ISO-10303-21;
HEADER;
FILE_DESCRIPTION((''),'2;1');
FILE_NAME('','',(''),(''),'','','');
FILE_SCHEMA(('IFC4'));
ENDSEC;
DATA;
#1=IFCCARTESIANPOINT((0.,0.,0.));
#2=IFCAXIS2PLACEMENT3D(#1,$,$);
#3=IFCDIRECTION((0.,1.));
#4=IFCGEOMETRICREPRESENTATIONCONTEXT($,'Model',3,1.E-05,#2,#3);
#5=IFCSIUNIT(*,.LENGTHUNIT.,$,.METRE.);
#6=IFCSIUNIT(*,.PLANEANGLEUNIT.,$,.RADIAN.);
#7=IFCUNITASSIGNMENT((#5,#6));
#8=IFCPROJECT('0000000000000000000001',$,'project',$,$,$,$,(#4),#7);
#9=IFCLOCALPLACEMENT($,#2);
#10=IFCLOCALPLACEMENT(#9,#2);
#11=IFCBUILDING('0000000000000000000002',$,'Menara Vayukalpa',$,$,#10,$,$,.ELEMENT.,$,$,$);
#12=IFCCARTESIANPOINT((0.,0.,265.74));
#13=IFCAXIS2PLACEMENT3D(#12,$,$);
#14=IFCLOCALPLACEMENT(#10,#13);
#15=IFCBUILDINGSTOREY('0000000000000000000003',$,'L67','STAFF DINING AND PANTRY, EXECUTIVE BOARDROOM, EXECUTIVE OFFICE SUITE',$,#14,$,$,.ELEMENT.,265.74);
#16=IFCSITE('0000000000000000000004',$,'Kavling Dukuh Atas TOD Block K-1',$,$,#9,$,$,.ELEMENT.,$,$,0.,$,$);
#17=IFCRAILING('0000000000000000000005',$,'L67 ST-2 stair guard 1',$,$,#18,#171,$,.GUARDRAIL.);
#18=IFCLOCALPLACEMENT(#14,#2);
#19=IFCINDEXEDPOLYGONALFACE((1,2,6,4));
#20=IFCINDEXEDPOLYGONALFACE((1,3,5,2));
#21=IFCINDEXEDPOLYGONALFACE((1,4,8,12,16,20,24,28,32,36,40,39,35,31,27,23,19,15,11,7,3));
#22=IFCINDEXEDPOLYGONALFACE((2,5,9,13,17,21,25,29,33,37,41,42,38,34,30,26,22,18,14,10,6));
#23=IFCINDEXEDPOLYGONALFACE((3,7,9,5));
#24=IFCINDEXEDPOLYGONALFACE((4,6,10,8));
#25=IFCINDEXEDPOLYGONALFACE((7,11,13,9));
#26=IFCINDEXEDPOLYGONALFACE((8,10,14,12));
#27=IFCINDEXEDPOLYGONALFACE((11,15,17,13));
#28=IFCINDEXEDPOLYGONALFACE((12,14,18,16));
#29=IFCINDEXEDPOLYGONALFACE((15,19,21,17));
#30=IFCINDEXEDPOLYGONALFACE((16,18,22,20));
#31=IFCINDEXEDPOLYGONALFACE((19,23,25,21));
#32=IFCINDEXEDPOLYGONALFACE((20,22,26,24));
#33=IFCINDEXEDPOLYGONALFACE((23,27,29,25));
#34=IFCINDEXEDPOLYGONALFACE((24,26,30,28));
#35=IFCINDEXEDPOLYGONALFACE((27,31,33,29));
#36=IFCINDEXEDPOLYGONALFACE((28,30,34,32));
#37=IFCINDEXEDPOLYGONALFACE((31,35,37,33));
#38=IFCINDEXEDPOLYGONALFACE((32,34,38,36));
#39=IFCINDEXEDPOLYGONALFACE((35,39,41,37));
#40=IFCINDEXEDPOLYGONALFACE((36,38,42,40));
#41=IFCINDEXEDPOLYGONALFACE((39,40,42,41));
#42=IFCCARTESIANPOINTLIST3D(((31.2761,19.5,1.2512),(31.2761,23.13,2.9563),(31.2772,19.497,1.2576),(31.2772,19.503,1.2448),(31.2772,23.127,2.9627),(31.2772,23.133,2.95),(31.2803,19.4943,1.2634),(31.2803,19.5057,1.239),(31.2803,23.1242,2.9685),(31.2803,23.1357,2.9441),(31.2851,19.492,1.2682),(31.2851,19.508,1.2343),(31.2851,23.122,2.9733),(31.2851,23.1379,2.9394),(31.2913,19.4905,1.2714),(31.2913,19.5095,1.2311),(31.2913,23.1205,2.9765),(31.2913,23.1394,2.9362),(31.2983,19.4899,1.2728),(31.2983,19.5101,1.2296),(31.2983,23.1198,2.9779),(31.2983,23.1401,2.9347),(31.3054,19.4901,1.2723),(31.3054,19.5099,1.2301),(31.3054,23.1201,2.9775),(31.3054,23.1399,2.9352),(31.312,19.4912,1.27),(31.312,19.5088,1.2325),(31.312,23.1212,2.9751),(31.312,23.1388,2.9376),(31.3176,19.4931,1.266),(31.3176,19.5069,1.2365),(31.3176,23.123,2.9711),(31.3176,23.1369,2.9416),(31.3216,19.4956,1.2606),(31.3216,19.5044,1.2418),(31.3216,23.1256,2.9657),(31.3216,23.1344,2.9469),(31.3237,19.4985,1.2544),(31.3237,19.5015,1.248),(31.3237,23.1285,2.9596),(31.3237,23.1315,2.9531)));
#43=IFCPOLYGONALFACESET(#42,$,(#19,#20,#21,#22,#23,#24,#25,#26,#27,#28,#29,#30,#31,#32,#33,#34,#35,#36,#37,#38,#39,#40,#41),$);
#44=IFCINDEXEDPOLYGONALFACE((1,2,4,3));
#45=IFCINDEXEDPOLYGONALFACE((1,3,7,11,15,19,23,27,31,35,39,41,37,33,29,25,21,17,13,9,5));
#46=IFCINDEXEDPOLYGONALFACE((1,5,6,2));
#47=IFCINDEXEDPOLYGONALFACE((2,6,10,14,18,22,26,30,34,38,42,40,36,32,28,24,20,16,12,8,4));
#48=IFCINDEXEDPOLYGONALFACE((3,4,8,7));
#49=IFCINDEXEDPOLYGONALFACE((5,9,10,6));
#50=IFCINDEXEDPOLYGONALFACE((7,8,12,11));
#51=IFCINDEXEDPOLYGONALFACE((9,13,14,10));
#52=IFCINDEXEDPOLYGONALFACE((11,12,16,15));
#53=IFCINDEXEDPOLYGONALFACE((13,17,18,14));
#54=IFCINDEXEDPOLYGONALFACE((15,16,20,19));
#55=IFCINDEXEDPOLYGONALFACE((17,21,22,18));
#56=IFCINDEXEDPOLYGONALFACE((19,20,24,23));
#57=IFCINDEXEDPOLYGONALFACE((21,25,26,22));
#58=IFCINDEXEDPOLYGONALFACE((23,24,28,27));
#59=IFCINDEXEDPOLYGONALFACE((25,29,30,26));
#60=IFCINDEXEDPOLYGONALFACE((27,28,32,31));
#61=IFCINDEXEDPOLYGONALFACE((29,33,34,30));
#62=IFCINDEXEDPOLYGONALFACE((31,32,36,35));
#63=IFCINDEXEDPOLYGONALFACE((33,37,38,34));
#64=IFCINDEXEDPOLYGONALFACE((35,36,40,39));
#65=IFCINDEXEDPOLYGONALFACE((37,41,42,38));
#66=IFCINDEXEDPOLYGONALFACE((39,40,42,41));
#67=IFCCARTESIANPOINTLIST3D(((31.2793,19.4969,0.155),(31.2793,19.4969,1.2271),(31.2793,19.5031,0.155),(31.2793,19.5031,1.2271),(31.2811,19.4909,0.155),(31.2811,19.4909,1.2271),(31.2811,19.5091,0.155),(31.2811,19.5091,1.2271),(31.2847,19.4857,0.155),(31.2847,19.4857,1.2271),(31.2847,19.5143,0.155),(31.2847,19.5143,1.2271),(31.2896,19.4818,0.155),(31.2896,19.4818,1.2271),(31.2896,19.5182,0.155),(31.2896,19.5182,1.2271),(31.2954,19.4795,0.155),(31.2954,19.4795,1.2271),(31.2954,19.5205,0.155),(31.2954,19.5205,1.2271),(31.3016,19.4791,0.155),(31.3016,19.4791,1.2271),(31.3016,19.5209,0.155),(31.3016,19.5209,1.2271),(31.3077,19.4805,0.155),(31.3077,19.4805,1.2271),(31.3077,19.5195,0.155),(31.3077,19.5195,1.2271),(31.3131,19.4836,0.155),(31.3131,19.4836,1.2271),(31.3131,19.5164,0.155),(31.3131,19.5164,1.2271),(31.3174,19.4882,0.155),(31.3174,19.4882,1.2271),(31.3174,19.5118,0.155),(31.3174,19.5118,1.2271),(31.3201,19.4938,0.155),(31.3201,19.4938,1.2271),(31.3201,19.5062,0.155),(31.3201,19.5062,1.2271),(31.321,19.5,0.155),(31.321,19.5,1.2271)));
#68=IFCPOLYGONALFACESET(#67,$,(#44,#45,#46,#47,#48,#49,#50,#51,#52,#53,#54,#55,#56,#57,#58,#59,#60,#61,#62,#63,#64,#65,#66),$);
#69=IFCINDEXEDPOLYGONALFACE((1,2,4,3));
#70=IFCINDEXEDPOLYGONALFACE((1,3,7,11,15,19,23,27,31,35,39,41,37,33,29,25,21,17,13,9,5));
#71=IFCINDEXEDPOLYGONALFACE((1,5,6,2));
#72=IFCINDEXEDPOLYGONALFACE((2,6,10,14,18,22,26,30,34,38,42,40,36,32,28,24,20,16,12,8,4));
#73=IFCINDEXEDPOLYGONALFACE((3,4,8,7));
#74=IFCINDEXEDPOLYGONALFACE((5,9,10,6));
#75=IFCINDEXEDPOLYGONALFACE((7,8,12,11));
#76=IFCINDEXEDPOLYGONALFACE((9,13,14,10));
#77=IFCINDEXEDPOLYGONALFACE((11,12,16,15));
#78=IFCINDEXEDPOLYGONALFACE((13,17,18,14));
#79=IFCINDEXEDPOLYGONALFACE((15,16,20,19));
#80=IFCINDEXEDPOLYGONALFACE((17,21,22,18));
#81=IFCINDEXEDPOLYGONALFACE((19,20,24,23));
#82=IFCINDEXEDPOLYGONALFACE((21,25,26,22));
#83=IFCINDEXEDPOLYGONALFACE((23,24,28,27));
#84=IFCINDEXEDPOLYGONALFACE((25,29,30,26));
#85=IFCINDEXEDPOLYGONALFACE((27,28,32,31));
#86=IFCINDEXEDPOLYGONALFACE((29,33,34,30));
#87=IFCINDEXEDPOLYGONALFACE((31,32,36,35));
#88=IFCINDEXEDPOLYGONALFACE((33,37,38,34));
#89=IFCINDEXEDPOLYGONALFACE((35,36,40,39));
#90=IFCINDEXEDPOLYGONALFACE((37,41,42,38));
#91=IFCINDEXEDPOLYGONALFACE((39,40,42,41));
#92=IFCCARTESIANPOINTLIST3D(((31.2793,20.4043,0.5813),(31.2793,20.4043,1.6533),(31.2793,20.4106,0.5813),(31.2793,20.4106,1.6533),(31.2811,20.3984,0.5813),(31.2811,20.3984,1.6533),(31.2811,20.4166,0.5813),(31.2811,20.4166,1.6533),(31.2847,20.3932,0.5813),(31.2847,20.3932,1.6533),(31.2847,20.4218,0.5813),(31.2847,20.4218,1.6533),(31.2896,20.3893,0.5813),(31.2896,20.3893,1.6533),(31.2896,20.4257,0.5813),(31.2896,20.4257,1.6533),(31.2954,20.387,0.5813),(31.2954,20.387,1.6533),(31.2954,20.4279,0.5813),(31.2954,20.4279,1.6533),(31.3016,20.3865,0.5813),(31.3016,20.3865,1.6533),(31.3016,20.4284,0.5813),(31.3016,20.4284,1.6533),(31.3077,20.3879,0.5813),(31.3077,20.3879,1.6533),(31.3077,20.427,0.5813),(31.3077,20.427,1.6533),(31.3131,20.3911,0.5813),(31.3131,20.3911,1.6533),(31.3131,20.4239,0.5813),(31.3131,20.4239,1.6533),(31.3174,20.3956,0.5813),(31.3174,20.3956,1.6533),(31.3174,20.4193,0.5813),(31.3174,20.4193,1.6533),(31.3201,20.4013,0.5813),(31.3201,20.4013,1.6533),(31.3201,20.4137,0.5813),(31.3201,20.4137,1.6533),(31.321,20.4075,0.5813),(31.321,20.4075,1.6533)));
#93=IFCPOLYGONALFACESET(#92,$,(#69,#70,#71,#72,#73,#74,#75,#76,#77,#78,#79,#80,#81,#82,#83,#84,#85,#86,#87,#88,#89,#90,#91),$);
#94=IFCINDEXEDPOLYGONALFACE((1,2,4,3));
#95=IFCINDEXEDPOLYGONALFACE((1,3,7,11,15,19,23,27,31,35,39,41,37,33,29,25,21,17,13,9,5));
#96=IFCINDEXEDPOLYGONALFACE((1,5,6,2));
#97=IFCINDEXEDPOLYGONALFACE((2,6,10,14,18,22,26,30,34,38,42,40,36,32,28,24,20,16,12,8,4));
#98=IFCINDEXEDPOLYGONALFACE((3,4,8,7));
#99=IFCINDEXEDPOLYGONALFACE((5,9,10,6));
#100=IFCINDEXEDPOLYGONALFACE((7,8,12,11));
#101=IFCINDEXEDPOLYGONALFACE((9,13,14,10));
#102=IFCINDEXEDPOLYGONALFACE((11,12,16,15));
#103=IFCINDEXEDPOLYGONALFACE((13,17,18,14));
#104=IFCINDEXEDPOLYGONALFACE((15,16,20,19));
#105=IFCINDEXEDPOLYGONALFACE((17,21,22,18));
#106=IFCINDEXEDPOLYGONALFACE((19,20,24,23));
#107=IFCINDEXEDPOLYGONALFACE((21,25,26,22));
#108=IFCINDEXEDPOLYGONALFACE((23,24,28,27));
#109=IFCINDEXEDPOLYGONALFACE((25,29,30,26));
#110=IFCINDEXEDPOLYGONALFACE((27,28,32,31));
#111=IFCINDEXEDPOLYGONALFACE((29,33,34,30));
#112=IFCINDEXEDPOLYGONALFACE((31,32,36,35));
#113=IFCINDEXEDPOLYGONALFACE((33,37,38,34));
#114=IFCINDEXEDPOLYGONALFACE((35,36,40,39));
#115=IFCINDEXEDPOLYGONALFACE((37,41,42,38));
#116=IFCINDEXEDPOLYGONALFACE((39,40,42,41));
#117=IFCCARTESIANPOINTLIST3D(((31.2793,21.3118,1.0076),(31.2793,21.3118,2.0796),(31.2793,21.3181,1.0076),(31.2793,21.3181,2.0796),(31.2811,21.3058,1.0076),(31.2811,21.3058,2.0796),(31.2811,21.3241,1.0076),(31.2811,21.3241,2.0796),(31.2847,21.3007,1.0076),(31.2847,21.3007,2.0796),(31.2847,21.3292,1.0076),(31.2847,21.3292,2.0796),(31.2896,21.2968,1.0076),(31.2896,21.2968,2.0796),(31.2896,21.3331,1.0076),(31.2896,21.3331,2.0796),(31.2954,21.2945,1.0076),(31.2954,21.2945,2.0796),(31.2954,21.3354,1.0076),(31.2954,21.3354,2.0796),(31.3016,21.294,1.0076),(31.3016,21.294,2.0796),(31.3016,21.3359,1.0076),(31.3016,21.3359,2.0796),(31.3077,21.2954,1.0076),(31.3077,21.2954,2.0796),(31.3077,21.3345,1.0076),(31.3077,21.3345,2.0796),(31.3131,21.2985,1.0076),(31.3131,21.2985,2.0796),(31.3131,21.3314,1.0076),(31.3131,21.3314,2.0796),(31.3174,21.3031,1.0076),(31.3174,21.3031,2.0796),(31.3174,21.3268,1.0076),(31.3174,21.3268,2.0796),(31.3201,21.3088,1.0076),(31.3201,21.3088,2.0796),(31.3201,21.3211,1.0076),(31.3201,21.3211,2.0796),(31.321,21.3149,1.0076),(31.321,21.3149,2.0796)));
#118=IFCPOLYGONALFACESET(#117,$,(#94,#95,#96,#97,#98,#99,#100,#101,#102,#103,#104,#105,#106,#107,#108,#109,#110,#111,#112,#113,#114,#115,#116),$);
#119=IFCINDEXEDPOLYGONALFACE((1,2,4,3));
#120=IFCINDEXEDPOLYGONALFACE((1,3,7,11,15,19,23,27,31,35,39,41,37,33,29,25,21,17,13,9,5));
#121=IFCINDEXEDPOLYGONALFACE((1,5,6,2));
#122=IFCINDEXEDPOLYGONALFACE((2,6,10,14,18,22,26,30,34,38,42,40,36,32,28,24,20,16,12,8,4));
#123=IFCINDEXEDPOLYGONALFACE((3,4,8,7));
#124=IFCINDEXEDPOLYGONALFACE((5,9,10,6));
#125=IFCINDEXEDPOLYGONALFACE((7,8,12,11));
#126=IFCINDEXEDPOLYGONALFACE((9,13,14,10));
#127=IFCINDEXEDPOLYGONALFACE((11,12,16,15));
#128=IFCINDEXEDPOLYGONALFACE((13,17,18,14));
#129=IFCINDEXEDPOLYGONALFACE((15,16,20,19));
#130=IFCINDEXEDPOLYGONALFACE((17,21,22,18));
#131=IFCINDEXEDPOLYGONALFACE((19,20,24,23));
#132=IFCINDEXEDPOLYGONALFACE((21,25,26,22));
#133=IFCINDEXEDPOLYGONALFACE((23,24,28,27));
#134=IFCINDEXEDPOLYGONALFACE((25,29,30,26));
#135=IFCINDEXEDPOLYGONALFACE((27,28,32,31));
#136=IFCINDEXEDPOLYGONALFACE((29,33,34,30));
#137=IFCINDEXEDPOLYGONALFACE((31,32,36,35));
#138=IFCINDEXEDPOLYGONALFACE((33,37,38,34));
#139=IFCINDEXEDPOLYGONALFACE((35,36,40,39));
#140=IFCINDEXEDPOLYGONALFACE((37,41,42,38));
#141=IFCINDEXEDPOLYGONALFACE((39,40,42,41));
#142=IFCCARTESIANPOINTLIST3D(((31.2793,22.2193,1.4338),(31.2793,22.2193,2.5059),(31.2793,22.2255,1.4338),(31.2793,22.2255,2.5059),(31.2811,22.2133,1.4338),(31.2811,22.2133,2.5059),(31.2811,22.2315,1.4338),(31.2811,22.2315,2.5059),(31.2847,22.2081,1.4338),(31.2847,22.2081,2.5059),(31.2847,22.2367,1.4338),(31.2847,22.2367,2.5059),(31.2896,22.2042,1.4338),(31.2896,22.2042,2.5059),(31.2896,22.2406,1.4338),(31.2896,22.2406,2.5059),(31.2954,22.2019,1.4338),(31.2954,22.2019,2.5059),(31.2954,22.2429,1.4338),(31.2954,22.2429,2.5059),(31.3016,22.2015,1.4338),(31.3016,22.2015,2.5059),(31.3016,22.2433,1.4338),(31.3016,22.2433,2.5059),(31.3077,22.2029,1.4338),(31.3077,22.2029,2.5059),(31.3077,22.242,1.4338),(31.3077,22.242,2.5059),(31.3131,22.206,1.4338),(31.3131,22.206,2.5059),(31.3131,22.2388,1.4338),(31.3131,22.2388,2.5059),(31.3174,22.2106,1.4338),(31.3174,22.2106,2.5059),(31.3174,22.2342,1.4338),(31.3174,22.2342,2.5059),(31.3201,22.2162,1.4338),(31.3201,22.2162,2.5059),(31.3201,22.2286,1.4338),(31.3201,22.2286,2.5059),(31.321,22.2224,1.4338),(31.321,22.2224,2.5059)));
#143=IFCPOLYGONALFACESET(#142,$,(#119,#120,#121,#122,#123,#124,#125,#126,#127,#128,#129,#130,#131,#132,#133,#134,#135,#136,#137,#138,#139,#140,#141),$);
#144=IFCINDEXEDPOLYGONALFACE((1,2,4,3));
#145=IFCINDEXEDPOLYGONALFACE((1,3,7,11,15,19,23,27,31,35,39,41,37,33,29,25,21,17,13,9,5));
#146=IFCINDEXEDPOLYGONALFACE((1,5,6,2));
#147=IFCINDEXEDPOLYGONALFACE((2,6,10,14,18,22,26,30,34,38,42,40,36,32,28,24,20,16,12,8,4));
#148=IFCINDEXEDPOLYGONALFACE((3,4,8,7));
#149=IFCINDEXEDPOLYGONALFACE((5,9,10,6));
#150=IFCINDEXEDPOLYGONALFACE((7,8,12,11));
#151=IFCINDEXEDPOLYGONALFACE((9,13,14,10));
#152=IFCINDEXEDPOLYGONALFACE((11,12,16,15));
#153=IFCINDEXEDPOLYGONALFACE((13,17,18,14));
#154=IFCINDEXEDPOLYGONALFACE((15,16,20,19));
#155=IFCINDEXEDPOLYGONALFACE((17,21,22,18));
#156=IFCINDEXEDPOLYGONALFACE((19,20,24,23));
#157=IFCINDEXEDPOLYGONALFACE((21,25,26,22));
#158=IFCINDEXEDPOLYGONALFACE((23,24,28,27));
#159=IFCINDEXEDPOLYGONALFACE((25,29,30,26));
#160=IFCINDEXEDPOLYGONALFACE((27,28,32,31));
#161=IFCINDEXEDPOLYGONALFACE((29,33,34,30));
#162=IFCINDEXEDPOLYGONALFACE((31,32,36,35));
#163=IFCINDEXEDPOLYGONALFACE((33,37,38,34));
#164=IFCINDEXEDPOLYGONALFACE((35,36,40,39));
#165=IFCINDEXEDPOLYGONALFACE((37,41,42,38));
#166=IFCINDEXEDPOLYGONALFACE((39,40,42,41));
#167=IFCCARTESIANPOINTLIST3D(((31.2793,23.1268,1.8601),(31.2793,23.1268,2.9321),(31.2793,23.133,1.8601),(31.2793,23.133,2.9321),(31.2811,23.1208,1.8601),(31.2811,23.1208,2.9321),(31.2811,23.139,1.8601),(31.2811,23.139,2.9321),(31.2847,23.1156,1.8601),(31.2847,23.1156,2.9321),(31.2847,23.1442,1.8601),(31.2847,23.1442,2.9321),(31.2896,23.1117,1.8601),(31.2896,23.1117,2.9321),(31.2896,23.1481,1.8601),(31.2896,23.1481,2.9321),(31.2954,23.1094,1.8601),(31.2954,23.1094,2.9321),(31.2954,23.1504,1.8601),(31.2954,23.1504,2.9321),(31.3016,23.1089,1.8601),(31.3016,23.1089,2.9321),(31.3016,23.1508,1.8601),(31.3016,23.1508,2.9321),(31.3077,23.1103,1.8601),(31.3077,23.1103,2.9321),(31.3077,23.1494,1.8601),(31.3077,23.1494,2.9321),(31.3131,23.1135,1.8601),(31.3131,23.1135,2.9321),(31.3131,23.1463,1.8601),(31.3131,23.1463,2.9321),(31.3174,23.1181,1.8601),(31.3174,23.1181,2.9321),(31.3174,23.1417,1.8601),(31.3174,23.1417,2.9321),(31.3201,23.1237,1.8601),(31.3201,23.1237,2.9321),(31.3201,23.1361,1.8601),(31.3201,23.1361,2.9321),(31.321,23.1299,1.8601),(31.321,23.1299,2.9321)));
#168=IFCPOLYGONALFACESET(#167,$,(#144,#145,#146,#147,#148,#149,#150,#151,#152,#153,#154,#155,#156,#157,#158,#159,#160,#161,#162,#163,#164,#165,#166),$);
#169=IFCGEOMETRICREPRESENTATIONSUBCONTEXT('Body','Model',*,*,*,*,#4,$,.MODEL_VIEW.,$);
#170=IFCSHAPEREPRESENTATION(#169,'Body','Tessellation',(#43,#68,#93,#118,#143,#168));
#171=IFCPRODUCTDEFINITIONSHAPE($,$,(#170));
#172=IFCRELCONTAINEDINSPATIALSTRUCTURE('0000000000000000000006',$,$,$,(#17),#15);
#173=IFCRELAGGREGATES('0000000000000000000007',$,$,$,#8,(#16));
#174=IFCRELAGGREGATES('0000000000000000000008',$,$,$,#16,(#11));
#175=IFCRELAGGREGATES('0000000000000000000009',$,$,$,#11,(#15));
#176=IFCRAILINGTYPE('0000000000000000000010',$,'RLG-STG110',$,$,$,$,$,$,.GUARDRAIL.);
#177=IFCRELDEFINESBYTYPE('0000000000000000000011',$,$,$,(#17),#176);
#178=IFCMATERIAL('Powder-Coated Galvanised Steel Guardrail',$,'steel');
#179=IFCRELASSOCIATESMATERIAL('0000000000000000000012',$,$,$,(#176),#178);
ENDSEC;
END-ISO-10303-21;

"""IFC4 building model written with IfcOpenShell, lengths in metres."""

from ifc_helpers import new_model, si_unit, direction, frame, origin, origin_2d, place, context, subcontext, project, spatial, circle, extrude, material, type_object, element, save


model = new_model("IFC4")

# Units and contexts
model_context = context("Model", 3, precision=1e-05, world=origin(), true_north=direction((0.0, 1.0)))
body_context = subcontext(model_context, "Body", "Model", "MODEL_VIEW")
ifc_project = project(units=[si_unit("LENGTHUNIT", "METRE"), si_unit("PLANEANGLEUNIT", "RADIAN")], contexts=[model_context])

# Site, building, storey
site_placement = place(None, origin())
site = spatial("IfcSite", under=ifc_project, at=site_placement, Name="Kavling Dukuh Atas TOD Block K-1", CompositionType="ELEMENT", RefElevation=0.0)
building_placement = place(site_placement, origin())
building = spatial("IfcBuilding", under=site, at=building_placement, Name="Menara Vayukalpa", CompositionType="ELEMENT")
storey_placement = place(building_placement, frame((0.0, 0.0, 265.74)))
storey = spatial("IfcBuildingStorey", under=building, at=storey_placement, Name="L67", Description="STAFF DINING AND PANTRY, EXECUTIVE BOARDROOM, EXECUTIVE OFFICE SUITE", CompositionType="ELEMENT", Elevation=265.74)

# Railing
ifc_material_1 = material(Name="Powder-Coated Galvanised Steel Guardrail", Category="steel")
railing_type_1 = type_object("IfcRailingType", Name="RLG-STG110", PredefinedType="GUARDRAIL", material=ifc_material_1)
railing_1_placement = place(storey_placement, frame((31.3, 19.5, 0.155)))
element("IfcRailing", 1, at=railing_1_placement, inside=storey, type_object=railing_type_1, Name="L67 ST-2 stair guard 1", PredefinedType="GUARDRAIL", context=body_context, shape_type="SweptSolid", body=[
    extrude(circle(Radius=0.0239, at=origin_2d()), frame((0.0, 0.0, 1.0962), z_axis=(0.0, 0.905116, 0.425164), x_axis=(-1.0, 0.0, 0.0)), (0.0, 0.0, 1.0), 4.0105),
    extrude(circle(Radius=0.021, at=origin_2d()), origin(), (0.0, 0.0, 1.0), 1.072),
    extrude(circle(Radius=0.021, at=origin_2d()), frame((0.0, 0.9075, 0.4263)), (0.0, 0.0, 1.0), 1.072),
    extrude(circle(Radius=0.021, at=origin_2d()), frame((0.0, 1.8149, 0.8525)), (0.0, 0.0, 1.0), 1.072),
    extrude(circle(Radius=0.021, at=origin_2d()), frame((0.0, 2.7224, 1.2788)), (0.0, 0.0, 1.0), 1.072),
    extrude(circle(Radius=0.021, at=origin_2d()), frame((0.0, 3.6299, 1.7051)), (0.0, 0.0, 1.0), 1.072),
])

save(model, "model.ifc")
